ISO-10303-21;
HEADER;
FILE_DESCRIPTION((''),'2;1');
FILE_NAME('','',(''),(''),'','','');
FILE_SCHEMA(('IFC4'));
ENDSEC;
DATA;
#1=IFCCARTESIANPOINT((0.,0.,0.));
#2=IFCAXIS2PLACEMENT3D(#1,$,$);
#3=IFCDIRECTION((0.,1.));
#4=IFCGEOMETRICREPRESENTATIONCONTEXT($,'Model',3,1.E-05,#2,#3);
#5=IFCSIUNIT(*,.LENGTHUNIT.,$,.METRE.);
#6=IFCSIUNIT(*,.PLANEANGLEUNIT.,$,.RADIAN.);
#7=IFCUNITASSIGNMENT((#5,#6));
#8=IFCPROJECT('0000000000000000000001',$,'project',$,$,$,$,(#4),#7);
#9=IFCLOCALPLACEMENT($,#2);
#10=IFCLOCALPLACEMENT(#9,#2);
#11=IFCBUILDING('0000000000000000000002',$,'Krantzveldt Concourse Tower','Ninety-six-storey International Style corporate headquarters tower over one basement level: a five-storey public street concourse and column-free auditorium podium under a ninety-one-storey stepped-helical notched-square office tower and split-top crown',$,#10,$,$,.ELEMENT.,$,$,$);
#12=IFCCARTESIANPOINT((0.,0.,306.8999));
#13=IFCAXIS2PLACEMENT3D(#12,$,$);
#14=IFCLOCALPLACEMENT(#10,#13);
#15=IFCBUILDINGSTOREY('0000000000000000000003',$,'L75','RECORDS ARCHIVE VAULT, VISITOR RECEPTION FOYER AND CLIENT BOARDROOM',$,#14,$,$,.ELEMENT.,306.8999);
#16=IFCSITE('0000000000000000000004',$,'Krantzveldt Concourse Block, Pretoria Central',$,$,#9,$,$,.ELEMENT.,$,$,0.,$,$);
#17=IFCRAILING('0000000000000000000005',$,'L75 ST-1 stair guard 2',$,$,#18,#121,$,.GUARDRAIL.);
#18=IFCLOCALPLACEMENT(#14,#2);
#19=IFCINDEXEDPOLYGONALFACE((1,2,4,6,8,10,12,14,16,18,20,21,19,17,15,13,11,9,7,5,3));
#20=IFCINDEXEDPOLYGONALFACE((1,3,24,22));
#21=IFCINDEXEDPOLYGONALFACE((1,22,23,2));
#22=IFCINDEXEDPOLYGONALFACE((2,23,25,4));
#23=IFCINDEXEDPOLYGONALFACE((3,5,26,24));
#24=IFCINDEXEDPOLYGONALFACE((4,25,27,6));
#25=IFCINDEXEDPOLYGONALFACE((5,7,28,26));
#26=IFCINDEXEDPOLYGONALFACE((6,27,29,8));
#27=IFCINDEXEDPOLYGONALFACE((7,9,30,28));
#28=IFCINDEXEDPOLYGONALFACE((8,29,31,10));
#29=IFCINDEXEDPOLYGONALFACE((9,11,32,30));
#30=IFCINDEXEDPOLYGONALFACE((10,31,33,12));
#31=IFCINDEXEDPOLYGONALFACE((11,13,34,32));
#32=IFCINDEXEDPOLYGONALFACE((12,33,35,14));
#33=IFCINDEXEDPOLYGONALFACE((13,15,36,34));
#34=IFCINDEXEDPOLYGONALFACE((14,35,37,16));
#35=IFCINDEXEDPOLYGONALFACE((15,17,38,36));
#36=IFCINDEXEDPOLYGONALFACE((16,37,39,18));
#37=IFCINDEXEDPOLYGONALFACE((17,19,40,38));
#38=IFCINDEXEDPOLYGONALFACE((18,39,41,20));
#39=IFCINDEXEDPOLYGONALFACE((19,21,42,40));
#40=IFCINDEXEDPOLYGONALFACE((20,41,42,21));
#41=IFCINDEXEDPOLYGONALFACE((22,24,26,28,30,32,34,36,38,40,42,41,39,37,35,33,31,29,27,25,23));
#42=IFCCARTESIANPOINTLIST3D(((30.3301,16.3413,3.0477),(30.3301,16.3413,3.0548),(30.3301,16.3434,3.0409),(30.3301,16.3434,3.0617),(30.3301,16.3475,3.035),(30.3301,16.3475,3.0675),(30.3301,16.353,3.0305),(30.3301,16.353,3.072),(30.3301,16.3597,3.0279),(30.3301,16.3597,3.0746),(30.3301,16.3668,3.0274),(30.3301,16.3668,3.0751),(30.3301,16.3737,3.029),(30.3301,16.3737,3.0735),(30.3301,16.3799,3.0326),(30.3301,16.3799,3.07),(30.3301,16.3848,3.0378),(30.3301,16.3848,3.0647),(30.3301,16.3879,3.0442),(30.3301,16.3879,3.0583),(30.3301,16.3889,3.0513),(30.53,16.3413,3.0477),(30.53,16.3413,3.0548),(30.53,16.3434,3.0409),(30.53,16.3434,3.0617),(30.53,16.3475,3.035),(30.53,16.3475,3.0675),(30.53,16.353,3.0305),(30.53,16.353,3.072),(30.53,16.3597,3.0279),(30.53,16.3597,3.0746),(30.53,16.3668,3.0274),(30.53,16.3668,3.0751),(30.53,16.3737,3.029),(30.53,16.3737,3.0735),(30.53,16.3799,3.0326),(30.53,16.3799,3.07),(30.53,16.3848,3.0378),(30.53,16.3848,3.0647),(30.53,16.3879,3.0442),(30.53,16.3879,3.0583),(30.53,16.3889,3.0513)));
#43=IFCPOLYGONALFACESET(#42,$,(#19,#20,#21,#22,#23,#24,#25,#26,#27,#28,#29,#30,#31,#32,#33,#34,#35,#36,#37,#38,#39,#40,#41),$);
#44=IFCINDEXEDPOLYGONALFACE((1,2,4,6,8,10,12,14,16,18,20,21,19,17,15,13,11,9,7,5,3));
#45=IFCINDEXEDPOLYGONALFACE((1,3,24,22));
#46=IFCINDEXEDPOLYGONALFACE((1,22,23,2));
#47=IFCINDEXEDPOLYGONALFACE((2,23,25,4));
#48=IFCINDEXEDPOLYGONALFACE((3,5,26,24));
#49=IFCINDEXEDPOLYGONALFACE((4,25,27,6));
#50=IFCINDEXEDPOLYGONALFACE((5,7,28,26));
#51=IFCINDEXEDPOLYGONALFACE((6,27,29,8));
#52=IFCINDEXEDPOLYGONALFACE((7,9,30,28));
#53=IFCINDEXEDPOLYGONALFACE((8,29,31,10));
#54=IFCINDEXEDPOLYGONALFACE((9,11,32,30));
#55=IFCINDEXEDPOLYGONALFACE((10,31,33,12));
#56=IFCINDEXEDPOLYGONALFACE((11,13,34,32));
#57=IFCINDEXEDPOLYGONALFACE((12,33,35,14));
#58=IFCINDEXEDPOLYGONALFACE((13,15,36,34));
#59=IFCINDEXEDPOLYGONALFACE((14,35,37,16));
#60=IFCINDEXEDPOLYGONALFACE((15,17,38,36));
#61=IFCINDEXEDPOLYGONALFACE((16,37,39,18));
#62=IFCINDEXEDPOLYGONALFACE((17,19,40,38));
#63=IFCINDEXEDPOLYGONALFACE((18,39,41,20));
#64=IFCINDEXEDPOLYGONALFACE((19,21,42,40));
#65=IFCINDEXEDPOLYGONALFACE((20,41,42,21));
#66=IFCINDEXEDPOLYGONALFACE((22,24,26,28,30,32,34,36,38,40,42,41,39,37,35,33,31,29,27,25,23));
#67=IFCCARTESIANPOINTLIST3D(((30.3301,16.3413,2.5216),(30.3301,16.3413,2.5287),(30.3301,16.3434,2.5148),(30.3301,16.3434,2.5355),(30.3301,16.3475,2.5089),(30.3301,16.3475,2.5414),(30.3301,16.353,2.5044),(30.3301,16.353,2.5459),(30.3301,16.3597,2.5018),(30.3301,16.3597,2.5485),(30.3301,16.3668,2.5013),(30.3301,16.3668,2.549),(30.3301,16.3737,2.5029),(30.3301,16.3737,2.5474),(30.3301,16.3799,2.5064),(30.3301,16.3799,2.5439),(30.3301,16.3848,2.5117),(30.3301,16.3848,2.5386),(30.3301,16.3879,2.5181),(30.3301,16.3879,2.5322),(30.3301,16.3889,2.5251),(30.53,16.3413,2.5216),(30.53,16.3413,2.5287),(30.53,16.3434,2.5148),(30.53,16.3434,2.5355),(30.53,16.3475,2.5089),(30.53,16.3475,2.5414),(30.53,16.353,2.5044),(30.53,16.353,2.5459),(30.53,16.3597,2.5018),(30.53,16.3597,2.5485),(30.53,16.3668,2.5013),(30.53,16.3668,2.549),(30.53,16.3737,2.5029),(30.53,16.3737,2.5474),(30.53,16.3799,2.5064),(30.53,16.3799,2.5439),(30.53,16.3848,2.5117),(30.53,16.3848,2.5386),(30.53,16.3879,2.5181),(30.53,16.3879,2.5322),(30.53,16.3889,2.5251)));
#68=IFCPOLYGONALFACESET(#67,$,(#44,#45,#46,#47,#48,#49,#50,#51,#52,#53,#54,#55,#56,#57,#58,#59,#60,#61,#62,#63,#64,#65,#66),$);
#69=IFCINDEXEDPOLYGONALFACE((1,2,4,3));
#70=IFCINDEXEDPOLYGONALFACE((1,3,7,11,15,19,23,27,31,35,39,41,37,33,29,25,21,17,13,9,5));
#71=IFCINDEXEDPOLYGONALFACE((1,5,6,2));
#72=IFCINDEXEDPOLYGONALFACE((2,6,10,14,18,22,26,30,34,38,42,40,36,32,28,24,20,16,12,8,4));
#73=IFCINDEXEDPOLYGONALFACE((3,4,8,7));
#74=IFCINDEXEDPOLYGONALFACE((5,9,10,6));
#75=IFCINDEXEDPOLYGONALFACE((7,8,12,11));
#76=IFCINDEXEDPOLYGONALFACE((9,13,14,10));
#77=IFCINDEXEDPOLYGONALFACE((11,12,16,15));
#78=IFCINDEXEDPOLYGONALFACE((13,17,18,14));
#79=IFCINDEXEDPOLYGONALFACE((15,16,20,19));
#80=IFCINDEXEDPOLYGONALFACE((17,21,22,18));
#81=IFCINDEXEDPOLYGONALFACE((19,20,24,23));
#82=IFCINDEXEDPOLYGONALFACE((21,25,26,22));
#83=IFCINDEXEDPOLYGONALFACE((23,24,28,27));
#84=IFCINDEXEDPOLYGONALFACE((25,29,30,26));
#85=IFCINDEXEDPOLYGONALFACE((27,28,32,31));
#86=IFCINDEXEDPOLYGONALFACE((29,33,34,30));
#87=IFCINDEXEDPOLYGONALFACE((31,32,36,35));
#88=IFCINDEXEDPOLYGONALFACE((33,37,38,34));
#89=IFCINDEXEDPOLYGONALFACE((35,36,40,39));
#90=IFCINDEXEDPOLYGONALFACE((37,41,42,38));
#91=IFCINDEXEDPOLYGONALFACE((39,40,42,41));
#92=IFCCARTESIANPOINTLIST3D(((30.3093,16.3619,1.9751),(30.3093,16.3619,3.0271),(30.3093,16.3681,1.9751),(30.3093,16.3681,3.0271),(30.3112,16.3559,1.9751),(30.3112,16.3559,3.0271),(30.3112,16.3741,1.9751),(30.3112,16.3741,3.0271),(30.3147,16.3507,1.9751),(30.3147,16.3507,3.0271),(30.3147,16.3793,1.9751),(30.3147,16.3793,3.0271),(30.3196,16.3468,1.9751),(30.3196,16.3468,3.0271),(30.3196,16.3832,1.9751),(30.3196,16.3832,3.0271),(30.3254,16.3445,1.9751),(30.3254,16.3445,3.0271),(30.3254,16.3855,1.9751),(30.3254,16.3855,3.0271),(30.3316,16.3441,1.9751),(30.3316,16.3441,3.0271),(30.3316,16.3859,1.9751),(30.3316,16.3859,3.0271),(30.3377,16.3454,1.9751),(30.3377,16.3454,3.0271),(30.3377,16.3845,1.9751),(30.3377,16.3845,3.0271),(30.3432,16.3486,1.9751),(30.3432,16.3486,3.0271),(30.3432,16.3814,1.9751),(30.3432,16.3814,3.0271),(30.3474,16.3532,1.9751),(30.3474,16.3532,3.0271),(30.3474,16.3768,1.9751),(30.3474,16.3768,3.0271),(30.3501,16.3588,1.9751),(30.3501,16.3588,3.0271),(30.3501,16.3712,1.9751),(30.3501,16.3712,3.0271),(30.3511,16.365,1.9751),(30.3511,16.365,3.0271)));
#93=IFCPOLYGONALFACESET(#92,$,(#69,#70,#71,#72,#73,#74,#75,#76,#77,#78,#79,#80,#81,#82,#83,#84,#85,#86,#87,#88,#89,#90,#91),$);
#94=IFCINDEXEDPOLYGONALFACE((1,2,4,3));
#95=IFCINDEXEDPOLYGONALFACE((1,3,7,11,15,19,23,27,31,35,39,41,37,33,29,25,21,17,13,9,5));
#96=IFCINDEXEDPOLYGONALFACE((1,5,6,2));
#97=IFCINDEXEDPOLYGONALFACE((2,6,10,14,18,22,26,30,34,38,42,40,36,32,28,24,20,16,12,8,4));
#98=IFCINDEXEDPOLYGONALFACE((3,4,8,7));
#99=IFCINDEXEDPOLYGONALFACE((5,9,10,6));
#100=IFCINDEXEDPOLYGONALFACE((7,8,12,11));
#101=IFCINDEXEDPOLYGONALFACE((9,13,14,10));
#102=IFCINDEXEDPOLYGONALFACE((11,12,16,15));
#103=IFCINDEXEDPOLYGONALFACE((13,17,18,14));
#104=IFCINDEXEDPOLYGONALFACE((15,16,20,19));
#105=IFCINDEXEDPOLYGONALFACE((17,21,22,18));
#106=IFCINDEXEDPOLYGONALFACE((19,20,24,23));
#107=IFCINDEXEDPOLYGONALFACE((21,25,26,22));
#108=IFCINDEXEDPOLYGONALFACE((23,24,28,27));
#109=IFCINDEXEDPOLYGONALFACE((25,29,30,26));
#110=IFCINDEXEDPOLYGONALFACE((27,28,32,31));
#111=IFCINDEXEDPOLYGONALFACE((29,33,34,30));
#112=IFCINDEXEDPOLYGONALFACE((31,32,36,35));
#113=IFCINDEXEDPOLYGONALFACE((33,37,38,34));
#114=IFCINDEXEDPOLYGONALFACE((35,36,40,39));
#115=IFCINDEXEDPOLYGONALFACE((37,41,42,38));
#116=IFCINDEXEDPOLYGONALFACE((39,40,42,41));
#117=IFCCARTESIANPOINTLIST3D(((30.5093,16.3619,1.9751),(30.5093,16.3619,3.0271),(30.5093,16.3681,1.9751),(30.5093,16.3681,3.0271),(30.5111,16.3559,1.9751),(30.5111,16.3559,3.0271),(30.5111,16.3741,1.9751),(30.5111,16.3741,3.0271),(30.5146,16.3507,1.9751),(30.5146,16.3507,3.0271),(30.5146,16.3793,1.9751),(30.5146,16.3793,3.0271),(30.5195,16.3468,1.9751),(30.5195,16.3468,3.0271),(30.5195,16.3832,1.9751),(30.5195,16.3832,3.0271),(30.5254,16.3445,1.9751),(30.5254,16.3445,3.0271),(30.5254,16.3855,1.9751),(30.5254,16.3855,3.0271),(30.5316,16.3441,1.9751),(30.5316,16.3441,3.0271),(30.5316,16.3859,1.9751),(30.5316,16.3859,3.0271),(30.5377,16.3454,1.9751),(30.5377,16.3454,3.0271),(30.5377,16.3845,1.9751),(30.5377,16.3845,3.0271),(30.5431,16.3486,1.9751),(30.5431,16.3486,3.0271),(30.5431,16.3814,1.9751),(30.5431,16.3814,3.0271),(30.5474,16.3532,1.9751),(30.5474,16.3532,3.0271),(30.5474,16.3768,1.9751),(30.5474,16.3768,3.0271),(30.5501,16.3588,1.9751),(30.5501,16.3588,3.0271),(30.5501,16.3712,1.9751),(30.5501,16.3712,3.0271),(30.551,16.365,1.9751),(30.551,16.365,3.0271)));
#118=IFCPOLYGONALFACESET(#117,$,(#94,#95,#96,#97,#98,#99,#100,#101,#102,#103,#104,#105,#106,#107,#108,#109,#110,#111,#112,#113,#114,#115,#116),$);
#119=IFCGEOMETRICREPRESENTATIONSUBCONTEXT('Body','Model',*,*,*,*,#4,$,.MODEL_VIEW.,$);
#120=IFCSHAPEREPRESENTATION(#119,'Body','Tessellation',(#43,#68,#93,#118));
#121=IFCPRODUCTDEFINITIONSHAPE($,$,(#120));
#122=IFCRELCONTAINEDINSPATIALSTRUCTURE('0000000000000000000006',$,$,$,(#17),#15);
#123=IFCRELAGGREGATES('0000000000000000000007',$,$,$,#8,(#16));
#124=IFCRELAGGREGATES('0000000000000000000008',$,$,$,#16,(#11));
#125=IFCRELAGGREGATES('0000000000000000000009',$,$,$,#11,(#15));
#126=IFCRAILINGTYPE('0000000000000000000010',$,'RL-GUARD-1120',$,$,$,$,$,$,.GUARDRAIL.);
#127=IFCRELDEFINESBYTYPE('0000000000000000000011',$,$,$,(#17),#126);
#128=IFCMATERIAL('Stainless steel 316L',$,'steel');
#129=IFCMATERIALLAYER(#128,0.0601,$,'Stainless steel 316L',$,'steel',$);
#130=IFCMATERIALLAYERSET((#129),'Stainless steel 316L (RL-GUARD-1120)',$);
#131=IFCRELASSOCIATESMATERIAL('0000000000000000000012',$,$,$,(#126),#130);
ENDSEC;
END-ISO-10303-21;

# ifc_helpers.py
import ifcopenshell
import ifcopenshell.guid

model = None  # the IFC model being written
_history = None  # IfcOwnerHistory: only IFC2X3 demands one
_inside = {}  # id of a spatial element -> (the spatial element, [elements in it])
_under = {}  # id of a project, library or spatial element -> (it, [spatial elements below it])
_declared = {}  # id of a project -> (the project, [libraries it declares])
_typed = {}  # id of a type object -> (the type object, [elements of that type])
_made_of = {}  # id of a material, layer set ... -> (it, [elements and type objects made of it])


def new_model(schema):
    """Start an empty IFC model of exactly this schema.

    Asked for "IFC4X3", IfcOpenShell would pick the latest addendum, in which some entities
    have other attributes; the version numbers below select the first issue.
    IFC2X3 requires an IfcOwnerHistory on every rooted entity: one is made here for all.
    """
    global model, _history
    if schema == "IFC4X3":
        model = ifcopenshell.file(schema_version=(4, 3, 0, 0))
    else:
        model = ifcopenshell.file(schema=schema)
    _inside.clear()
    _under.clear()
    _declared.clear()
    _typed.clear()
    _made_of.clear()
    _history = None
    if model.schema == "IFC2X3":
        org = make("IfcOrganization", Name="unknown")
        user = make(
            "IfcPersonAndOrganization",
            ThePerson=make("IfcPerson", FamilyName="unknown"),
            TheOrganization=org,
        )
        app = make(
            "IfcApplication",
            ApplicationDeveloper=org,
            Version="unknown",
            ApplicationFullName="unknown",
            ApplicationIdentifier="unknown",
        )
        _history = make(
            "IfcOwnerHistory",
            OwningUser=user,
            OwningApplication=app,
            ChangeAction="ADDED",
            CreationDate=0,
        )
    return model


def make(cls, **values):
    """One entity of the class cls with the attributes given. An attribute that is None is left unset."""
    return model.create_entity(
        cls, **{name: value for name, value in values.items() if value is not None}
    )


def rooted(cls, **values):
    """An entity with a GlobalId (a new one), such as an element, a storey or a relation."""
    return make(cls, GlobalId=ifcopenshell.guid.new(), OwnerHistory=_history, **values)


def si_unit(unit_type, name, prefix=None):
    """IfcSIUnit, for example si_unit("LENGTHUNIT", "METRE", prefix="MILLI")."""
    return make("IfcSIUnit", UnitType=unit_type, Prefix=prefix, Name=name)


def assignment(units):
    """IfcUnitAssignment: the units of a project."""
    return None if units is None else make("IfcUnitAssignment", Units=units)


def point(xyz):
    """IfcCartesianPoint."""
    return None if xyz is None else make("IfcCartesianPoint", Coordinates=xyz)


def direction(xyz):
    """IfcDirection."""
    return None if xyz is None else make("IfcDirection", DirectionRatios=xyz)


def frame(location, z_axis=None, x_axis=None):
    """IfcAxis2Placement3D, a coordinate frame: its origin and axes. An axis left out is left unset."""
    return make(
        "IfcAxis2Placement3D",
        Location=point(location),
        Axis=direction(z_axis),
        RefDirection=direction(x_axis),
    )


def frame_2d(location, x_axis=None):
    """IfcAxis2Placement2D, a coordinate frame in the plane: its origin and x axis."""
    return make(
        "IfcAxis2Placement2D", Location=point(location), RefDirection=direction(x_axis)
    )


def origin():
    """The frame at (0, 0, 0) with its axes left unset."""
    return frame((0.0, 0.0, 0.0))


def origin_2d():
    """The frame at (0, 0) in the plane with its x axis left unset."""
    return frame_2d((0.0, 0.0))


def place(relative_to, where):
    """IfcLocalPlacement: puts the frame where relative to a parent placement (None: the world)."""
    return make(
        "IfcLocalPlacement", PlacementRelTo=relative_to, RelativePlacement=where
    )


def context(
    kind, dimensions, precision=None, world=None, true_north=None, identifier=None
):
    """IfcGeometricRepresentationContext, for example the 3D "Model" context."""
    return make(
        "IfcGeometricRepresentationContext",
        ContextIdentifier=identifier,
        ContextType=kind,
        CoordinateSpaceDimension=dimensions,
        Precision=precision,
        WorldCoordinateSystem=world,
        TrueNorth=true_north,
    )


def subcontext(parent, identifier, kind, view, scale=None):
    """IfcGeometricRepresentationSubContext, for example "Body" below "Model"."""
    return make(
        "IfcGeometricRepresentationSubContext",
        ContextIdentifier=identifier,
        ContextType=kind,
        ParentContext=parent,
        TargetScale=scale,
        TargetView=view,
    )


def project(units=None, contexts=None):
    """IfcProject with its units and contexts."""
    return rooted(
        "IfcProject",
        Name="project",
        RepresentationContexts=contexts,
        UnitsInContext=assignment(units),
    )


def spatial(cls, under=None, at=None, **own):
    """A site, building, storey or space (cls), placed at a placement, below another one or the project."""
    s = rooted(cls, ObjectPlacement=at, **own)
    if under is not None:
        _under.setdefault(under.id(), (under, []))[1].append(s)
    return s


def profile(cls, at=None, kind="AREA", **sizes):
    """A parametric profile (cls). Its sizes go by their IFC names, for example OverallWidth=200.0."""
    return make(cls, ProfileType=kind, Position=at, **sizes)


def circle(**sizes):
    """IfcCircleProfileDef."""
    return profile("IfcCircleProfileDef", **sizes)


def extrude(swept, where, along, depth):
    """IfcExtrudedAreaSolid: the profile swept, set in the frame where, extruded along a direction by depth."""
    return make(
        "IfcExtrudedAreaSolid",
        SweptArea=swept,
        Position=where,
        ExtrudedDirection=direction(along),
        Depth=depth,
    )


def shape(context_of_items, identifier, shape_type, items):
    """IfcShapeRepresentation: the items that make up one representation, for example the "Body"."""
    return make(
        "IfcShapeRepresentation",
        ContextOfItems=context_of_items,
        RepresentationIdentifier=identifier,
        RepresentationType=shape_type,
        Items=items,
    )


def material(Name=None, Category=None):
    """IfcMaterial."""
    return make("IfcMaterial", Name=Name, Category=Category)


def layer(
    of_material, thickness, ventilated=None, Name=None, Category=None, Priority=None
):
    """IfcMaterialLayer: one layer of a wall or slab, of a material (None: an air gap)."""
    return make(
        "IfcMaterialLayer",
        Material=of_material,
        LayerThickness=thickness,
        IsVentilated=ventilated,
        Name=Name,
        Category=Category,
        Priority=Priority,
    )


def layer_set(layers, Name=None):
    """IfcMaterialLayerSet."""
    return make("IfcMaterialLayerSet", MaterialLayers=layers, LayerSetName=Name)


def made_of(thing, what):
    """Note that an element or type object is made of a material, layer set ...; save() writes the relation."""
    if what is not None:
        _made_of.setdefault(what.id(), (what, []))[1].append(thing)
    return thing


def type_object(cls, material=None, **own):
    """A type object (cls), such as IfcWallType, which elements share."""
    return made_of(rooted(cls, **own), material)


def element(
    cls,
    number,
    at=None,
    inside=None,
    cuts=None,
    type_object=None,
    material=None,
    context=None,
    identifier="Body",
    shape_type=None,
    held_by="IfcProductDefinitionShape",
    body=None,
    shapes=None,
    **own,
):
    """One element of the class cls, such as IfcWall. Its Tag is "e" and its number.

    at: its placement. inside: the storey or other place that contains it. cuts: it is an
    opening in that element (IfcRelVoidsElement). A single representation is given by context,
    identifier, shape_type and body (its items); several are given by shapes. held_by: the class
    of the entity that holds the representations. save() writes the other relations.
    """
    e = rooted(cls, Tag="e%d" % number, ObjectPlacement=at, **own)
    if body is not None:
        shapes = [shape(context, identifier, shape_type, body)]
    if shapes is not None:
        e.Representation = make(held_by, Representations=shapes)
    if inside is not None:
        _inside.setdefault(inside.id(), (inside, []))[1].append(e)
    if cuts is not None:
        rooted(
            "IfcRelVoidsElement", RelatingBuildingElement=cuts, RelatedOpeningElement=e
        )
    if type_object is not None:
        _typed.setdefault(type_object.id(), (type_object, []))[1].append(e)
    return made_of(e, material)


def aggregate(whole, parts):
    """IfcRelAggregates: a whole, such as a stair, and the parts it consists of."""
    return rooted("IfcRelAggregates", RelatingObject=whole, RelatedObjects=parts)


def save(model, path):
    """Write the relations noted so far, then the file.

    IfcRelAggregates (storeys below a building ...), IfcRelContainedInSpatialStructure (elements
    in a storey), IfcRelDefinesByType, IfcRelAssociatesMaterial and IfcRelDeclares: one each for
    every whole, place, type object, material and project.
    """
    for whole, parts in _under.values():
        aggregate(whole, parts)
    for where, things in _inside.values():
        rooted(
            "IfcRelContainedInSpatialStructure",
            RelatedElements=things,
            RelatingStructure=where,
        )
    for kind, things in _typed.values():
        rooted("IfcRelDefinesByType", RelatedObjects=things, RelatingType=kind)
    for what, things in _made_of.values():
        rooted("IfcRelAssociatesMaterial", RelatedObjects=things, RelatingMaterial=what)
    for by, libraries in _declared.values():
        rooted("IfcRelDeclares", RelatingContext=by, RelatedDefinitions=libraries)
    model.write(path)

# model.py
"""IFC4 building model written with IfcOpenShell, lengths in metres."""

from ifc_helpers import new_model, si_unit, direction, frame, origin, origin_2d, place, context, subcontext, project, spatial, circle, extrude, material, layer, layer_set, type_object, element, save


model = new_model("IFC4")

# Units and contexts
model_context = context("Model", 3, precision=1e-05, world=origin(), true_north=direction((0.0, 1.0)))
body_context = subcontext(model_context, "Body", "Model", "MODEL_VIEW")
ifc_project = project(units=[si_unit("LENGTHUNIT", "METRE"), si_unit("PLANEANGLEUNIT", "RADIAN")], contexts=[model_context])

# Site, building, storey
site_placement = place(None, origin())
site = spatial("IfcSite", under=ifc_project, at=site_placement, Name="Krantzveldt Concourse Block, Pretoria Central", CompositionType="ELEMENT", RefElevation=0.0)
building_placement = place(site_placement, origin())
building = spatial("IfcBuilding", under=site, at=building_placement, Name="Krantzveldt Concourse Tower", Description="Ninety-six-storey International Style corporate headquarters tower over one basement level: a five-storey public street concourse and column-free auditorium podium under a ninety-one-storey stepped-helical notched-square office tower and split-top crown", CompositionType="ELEMENT")
storey_placement = place(building_placement, frame((0.0, 0.0, 306.8999)))
storey = spatial("IfcBuildingStorey", under=building, at=storey_placement, Name="L75", Description="RECORDS ARCHIVE VAULT, VISITOR RECEPTION FOYER AND CLIENT BOARDROOM", CompositionType="ELEMENT", Elevation=306.8999)

# Railing
ifc_material_1 = material(Name="Stainless steel 316L", Category="steel")
ifc_layer_1 = layer(ifc_material_1, 0.0601, Name="Stainless steel 316L", Category="steel")
ifc_layer_set_1 = layer_set([ifc_layer_1], Name="Stainless steel 316L (RL-GUARD-1120)")
railing_type_1 = type_object("IfcRailingType", Name="RL-GUARD-1120", PredefinedType="GUARDRAIL", material=ifc_layer_set_1)
railing_1_placement = place(storey_placement, frame((30.3301, 16.365, 1.9751)))
element("IfcRailing", 1, at=railing_1_placement, inside=storey, type_object=railing_type_1, Name="L75 ST-1 stair guard 2", PredefinedType="GUARDRAIL", context=body_context, shape_type="SweptSolid", body=[
    extrude(circle(Radius=0.0239, at=origin_2d()), frame((0.0, 0.0, 1.0762), z_axis=(1.0, 0.0, 0.0), x_axis=(0.0, 1.0, 0.0)), (0.0, 0.0, 1.0), 0.2),
    extrude(circle(Radius=0.0239, at=origin_2d()), frame((0.0, 0.0, 0.55), z_axis=(1.0, 0.0, 0.0), x_axis=(0.0, 1.0, 0.0)), (0.0, 0.0, 1.0), 0.2),
    extrude(circle(Radius=0.021, at=origin_2d()), origin(), (0.0, 0.0, 1.0), 1.052),
    extrude(circle(Radius=0.021, at=origin_2d()), frame((0.2, 0.0, 0.0)), (0.0, 0.0, 1.0), 1.052),
])

save(model, "model.ifc")
